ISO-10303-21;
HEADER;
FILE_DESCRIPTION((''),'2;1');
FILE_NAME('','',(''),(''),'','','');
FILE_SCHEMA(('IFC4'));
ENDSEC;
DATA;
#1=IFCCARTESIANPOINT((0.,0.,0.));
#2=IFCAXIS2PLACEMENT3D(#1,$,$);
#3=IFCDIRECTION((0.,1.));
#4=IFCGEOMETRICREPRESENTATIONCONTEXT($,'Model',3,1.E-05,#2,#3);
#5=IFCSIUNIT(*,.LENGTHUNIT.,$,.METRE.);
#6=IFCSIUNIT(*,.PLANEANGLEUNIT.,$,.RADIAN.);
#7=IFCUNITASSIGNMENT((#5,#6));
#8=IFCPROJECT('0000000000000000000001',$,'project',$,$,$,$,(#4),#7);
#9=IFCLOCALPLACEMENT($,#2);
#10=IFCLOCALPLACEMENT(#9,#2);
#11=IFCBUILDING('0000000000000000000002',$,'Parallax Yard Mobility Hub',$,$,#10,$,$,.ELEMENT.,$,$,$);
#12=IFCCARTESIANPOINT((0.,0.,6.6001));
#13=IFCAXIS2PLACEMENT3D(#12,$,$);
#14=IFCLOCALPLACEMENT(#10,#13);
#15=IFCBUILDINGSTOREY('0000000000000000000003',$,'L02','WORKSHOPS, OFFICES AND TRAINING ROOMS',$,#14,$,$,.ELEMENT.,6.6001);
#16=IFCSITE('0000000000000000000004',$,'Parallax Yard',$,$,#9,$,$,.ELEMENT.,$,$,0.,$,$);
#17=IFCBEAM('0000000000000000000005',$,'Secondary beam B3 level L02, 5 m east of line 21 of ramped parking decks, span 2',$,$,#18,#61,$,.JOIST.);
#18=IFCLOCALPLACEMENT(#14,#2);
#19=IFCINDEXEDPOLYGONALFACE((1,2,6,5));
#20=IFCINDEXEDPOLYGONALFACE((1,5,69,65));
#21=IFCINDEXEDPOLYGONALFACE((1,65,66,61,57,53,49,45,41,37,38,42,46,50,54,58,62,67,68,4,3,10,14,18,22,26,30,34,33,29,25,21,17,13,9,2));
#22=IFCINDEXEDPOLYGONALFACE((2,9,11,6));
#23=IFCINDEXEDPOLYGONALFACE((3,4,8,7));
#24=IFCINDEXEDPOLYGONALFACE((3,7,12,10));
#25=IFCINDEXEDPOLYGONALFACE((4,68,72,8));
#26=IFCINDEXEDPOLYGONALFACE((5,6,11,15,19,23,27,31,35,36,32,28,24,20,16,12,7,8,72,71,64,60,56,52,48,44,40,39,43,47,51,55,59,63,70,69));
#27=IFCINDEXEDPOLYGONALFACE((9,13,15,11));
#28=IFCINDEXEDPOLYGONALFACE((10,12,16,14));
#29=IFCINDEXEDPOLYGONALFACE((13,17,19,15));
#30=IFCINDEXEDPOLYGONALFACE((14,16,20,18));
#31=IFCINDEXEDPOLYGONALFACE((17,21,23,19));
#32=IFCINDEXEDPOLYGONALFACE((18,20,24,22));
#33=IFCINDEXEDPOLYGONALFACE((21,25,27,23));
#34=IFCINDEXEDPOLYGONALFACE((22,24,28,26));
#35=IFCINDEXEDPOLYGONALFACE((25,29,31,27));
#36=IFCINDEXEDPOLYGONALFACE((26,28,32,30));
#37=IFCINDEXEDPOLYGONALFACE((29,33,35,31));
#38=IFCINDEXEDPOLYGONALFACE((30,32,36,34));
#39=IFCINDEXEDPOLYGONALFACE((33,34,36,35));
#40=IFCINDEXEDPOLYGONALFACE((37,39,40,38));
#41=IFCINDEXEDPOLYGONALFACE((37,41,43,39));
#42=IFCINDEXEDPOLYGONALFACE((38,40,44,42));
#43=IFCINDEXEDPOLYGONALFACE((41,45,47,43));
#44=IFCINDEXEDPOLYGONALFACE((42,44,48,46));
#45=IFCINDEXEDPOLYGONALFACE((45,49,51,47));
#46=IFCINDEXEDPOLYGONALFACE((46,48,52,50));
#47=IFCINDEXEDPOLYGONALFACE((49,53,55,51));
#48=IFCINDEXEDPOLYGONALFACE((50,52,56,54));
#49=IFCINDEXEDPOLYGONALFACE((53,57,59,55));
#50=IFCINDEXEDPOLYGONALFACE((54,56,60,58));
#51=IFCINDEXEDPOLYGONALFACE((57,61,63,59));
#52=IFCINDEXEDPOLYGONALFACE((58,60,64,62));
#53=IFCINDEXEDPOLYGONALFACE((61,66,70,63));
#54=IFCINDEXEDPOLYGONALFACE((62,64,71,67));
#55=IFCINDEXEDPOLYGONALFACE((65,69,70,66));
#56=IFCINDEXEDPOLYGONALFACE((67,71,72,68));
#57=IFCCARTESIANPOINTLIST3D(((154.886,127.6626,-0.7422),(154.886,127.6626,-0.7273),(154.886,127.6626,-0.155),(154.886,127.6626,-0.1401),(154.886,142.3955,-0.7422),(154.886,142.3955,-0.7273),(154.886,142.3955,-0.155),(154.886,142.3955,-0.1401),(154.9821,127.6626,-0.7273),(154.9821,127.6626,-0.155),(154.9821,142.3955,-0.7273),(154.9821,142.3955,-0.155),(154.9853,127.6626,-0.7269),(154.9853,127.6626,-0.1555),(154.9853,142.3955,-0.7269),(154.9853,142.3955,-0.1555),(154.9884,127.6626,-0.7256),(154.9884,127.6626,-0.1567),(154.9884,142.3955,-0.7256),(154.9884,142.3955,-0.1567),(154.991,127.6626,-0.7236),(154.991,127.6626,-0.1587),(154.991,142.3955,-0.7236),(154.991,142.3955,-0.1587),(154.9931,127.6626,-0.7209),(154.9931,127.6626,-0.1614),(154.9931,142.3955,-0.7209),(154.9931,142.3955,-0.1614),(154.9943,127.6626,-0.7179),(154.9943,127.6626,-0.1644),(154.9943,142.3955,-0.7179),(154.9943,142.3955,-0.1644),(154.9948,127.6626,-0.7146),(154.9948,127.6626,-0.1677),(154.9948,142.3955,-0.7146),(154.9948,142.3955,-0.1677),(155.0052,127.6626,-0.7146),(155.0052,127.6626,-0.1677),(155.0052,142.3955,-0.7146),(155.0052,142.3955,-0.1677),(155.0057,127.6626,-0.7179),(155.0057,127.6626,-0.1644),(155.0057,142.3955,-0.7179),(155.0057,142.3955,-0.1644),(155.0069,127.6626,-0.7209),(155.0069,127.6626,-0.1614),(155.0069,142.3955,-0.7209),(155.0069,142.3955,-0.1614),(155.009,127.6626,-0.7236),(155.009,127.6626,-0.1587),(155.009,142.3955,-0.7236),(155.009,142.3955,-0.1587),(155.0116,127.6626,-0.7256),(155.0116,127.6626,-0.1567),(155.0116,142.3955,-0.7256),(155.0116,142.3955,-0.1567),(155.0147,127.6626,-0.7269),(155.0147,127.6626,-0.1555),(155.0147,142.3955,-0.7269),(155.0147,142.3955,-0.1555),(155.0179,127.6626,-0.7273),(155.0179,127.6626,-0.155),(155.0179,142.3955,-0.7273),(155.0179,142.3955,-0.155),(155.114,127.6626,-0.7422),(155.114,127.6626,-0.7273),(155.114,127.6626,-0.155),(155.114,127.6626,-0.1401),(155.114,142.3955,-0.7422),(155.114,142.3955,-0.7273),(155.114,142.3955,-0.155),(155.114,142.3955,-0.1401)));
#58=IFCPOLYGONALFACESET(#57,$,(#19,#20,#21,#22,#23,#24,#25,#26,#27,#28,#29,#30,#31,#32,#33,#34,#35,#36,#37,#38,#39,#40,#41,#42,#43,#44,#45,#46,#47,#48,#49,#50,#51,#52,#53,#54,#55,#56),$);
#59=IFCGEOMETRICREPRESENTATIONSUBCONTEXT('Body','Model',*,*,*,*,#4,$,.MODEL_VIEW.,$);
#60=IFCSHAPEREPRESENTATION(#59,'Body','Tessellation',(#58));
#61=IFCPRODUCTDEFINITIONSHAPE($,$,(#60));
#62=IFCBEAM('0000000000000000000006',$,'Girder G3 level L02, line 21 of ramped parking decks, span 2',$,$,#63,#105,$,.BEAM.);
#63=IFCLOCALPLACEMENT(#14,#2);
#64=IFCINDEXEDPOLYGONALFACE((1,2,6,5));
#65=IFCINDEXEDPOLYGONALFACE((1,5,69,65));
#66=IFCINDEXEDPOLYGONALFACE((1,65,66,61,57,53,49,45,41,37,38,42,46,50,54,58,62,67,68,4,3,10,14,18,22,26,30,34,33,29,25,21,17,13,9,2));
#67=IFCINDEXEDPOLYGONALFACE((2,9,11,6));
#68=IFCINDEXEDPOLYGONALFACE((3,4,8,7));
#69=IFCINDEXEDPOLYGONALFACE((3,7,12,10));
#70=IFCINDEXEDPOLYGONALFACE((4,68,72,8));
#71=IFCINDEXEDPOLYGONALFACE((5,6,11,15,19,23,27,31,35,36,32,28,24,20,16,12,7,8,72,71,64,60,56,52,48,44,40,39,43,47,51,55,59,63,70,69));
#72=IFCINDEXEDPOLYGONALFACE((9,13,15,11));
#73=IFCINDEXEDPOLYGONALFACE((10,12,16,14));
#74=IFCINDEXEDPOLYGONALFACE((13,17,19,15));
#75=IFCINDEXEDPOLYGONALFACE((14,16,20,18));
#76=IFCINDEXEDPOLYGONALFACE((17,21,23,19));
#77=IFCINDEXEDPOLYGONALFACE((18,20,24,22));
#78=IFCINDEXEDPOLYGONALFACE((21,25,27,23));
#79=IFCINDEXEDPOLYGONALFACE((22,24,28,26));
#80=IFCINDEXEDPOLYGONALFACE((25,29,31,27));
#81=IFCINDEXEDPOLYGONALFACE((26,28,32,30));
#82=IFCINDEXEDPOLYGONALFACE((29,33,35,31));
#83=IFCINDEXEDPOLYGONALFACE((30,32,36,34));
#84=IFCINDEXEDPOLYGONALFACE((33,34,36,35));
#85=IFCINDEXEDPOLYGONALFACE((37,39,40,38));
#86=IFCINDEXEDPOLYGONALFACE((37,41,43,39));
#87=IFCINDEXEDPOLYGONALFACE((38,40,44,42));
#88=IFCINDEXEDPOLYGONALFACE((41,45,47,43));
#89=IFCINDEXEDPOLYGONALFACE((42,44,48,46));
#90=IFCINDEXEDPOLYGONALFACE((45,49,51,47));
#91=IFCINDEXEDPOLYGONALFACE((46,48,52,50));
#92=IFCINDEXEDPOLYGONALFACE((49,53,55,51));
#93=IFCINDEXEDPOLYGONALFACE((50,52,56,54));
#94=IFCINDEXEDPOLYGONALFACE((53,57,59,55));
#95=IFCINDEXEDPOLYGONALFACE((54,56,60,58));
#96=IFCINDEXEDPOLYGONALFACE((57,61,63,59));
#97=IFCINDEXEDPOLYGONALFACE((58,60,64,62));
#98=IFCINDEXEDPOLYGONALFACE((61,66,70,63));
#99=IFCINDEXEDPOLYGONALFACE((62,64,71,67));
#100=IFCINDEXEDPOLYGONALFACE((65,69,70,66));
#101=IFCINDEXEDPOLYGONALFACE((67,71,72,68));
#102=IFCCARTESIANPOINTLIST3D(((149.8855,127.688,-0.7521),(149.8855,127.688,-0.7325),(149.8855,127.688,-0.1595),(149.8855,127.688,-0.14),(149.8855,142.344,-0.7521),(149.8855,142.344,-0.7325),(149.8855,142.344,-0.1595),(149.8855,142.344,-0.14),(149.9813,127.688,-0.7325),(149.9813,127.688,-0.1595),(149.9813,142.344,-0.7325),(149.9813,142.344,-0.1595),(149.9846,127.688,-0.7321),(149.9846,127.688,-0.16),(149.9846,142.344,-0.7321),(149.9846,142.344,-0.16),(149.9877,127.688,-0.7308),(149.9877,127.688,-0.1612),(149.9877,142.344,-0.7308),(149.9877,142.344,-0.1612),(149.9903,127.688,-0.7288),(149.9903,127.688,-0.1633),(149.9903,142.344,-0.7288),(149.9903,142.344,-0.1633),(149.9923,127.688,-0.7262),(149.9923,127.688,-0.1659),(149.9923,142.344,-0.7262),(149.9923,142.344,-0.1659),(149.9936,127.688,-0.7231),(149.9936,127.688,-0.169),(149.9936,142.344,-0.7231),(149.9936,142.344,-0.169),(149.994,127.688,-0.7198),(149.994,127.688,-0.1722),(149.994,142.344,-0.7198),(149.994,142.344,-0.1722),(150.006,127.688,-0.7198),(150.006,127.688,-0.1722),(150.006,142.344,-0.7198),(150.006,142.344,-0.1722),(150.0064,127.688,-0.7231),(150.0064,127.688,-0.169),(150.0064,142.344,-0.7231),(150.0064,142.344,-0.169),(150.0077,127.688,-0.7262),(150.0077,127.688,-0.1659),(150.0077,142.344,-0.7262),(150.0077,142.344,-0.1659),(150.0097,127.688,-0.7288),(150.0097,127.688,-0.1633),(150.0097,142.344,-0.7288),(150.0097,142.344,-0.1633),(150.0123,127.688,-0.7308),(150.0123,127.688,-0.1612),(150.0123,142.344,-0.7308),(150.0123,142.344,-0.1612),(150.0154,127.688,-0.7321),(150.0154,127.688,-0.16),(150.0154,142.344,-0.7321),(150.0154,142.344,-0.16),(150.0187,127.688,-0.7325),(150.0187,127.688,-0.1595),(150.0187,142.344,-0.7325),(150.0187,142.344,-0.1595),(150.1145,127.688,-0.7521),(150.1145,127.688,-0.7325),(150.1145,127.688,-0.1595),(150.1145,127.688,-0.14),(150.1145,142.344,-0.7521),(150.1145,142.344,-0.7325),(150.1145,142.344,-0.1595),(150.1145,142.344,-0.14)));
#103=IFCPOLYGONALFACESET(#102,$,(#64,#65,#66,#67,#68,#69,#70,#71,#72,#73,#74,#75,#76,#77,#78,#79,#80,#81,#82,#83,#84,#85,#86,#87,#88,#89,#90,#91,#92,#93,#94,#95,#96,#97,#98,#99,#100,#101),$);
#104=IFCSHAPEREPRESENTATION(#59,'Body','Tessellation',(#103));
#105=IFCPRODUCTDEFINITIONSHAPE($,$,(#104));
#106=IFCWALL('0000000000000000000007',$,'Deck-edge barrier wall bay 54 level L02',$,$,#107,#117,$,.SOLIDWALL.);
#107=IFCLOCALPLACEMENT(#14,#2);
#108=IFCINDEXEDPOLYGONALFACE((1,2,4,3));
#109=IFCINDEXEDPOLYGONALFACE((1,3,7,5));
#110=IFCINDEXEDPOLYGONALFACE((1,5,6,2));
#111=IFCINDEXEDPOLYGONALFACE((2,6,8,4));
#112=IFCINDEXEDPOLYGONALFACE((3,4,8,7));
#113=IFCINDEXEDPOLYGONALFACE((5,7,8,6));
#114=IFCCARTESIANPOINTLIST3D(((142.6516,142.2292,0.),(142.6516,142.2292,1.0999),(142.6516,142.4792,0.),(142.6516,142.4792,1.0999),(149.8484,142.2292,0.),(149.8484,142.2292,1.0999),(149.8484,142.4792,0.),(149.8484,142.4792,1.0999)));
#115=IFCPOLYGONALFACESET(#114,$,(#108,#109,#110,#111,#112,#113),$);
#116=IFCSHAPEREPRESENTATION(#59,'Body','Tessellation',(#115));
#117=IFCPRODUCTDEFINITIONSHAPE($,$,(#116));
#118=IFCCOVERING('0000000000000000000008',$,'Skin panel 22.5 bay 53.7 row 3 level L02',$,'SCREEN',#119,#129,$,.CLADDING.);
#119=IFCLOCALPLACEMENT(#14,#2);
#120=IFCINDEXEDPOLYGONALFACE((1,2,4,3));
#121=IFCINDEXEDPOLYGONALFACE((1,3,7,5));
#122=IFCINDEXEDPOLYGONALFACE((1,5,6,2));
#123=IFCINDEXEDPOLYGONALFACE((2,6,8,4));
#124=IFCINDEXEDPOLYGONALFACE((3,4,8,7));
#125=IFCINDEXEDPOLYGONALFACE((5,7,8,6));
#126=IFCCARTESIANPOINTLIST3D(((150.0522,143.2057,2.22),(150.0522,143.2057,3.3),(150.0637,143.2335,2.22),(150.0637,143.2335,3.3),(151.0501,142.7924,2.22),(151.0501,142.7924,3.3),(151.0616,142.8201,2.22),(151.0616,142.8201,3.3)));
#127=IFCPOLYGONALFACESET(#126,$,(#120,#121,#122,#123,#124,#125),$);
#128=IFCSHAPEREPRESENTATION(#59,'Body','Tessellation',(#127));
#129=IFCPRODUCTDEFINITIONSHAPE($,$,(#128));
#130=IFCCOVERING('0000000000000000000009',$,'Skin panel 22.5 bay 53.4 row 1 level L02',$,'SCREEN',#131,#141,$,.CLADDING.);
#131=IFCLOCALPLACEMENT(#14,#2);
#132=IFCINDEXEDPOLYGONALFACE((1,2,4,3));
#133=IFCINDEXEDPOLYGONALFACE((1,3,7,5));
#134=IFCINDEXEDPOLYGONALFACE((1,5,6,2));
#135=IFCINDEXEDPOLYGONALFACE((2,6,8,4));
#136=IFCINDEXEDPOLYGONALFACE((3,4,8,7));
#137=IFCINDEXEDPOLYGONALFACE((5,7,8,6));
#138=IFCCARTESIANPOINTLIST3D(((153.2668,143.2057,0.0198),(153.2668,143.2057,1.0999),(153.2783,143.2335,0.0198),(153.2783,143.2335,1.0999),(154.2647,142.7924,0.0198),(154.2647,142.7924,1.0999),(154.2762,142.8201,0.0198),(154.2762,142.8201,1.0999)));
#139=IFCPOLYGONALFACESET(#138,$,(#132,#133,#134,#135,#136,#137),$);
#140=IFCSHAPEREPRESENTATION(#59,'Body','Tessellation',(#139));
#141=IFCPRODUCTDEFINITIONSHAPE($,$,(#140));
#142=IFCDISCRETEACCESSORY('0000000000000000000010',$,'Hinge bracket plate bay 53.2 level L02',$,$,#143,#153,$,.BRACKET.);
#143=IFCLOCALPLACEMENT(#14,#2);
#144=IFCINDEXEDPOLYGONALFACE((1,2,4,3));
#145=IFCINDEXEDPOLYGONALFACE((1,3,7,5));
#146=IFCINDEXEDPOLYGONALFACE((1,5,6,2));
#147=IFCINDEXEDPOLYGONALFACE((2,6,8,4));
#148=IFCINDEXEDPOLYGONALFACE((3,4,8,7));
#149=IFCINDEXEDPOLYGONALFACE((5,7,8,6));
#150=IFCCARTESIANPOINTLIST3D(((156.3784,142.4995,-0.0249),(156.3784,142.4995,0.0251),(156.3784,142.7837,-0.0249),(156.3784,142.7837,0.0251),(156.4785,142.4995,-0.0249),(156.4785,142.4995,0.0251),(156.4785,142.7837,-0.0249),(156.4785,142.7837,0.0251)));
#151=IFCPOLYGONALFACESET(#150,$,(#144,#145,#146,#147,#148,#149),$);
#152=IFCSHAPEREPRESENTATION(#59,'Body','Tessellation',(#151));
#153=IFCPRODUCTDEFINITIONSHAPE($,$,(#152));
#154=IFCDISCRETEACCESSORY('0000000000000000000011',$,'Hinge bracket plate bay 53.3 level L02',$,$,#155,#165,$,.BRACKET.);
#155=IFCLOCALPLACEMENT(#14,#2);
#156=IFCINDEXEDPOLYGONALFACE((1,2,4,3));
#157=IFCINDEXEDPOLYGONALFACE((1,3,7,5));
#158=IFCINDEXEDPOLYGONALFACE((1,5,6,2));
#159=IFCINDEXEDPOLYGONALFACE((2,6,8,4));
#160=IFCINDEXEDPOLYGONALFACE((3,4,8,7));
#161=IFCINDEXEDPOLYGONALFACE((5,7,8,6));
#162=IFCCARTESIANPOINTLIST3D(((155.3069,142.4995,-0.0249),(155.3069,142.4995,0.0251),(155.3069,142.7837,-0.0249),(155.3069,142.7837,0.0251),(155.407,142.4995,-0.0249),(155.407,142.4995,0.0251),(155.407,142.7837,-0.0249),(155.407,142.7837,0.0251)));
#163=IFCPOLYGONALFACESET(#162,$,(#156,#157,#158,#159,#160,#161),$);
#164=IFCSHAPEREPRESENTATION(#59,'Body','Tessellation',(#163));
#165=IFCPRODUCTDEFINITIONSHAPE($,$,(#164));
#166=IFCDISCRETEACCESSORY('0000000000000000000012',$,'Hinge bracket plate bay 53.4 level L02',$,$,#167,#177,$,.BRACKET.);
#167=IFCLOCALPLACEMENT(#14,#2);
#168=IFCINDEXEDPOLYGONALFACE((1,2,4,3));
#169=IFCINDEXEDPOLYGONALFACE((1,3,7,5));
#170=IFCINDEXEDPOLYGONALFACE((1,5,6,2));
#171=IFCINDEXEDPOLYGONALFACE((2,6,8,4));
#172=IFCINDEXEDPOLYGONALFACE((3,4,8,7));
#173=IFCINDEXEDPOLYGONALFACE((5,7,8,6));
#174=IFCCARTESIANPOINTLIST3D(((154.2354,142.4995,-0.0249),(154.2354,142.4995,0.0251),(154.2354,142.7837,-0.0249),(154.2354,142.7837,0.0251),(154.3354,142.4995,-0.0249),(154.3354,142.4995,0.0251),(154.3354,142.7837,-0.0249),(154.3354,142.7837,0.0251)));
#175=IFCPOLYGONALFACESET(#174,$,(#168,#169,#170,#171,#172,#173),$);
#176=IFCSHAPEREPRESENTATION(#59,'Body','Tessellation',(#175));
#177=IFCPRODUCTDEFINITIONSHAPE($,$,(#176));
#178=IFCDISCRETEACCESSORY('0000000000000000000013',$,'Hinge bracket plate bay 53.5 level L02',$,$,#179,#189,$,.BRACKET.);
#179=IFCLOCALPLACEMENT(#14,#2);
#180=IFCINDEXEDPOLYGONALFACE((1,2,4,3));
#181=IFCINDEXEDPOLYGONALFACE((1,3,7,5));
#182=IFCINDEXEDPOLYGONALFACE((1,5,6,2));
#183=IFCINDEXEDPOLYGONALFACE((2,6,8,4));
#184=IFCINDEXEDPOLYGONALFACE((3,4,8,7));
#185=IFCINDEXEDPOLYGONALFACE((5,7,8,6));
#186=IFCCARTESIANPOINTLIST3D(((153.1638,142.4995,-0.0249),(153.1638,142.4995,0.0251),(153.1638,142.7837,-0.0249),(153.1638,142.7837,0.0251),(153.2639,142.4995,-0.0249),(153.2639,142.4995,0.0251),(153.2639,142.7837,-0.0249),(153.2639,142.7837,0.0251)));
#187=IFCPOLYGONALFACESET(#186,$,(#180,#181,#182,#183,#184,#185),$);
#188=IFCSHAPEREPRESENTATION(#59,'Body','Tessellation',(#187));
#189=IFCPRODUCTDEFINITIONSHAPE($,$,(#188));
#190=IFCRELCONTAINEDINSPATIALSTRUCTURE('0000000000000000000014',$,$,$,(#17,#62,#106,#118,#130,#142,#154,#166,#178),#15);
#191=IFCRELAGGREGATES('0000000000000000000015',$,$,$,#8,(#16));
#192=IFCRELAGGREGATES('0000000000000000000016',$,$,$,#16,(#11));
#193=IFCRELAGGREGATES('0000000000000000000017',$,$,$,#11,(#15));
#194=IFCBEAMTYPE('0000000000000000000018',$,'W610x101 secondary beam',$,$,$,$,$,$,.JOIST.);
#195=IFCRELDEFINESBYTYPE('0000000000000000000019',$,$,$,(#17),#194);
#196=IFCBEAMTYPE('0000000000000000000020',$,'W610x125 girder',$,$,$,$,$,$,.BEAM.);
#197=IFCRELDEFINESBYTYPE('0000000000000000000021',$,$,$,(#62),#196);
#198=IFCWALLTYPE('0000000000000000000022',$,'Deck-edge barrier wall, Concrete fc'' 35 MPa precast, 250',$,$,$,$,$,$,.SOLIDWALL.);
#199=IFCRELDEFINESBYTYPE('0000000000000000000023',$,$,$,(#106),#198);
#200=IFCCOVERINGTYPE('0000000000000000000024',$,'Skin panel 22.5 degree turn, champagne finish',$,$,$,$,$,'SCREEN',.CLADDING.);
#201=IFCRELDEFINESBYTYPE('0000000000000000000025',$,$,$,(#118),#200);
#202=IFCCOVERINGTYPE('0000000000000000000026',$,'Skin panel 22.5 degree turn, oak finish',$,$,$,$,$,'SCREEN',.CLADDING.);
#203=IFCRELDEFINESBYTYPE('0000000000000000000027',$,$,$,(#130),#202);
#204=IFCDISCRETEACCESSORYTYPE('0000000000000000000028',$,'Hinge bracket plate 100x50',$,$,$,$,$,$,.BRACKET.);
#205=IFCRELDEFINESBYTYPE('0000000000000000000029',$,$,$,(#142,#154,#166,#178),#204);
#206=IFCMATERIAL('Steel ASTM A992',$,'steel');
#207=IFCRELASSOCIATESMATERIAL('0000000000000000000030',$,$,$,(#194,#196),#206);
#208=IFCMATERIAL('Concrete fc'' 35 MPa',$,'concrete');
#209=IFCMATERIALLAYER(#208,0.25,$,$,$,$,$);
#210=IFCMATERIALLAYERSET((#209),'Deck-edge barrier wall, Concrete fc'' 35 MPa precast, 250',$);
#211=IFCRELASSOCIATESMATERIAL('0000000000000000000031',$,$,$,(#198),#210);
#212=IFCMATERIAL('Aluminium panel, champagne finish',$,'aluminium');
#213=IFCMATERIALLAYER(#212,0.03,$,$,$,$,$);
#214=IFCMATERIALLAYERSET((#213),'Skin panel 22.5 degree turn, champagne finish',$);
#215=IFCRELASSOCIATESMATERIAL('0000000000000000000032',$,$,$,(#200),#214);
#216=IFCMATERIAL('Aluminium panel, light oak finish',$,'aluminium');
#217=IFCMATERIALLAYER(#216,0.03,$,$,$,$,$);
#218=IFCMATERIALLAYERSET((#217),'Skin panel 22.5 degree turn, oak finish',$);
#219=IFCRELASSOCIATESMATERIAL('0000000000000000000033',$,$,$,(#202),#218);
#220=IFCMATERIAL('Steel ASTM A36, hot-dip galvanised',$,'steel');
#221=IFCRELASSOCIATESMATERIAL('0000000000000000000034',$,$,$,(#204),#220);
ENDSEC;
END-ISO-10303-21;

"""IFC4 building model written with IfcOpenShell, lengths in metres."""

from ifc_helpers import new_model, si_unit, direction, frame, frame_2d, origin, origin_2d, place, context, subcontext, project, spatial, rectangle, i_section, extrude, material, layer, layer_set, material_profile, profile_set, type_object, element, save


model = new_model("IFC4")

# Units and contexts
model_context = context("Model", 3, precision=1e-05, world=origin(), true_north=direction((0.0, 1.0)))
body_context = subcontext(model_context, "Body", "Model", "MODEL_VIEW")
ifc_project = project(units=[si_unit("LENGTHUNIT", "METRE"), si_unit("PLANEANGLEUNIT", "RADIAN")], contexts=[model_context])

# Site, building, storey
site_placement = place(None, origin())
site = spatial("IfcSite", under=ifc_project, at=site_placement, Name="Parallax Yard", CompositionType="ELEMENT", RefElevation=0.0)
building_placement = place(site_placement, origin())
building = spatial("IfcBuilding", under=site, at=building_placement, Name="Parallax Yard Mobility Hub", CompositionType="ELEMENT")
storey_placement = place(building_placement, frame((0.0, 0.0, 6.6001)))
storey = spatial("IfcBuildingStorey", under=building, at=storey_placement, Name="L02", Description="WORKSHOPS, OFFICES AND TRAINING ROOMS", CompositionType="ELEMENT", Elevation=6.6001)

# Shared definitions
ifc_material_1 = material(Name="Steel ASTM A992", Category="steel")

# Beams
ifc_material_profile_1 = material_profile(ifc_material_1, i_section(OverallWidth=0.228, OverallDepth=0.6021, WebThickness=0.0105, FlangeThickness=0.0149, FilletRadius=0.0127, at=origin_2d()), Name="W610x101")
ifc_profile_set_1 = profile_set([ifc_material_profile_1], Name="Steel ASTM A992")
beam_type_1 = type_object("IfcBeamType", Name="W610x101 secondary beam", PredefinedType="JOIST", material=ifc_profile_set_1)
for number, where, z_axis, x_axis, name in (
    (1, (155.0, 127.6626, -0.4412), (0.0, 1.0, 0.0), (-1.0, 0.0, 0.0), "Secondary beam B3 level L02, 5 m east of line 21 of ramped parking decks, span 2"),
):
    element("IfcBeam", number, at=place(storey_placement, frame(where, z_axis=z_axis, x_axis=x_axis)), inside=storey, type_object=beam_type_1, Name=name, PredefinedType="JOIST", context=body_context, shape_type="SweptSolid", body=[
        extrude(i_section(OverallWidth=0.228, OverallDepth=0.6021, WebThickness=0.0105, FlangeThickness=0.0149, FilletRadius=0.0127, at=origin_2d()), origin(), (0.0, 0.0, 1.0), 14.7329),
    ])
ifc_material_profile_2 = material_profile(ifc_material_1, i_section(OverallWidth=0.229, OverallDepth=0.6121, WebThickness=0.012, FlangeThickness=0.0195, FilletRadius=0.0127, at=origin_2d()), Name="W610x125")
ifc_profile_set_2 = profile_set([ifc_material_profile_2], Name="Steel ASTM A992")
beam_type_2 = type_object("IfcBeamType", Name="W610x125 girder", PredefinedType="BEAM", material=ifc_profile_set_2)
beam_1_placement = place(storey_placement, frame((150.0, 127.688, -0.446), z_axis=(0.0, 1.0, 0.0), x_axis=(-1.0, 0.0, 0.0)))
element("IfcBeam", 2, at=beam_1_placement, inside=storey, type_object=beam_type_2, Name="Girder G3 level L02, line 21 of ramped parking decks, span 2", PredefinedType="BEAM", context=body_context, shape_type="SweptSolid", body=[
    extrude(i_section(OverallWidth=0.229, OverallDepth=0.6121, WebThickness=0.012, FlangeThickness=0.0195, FilletRadius=0.0127, at=origin_2d()), origin(), (0.0, 0.0, 1.0), 14.656),
])

# Wall
ifc_material_2 = material(Name="Concrete fc' 35 MPa", Category="concrete")
ifc_layer_1 = layer(ifc_material_2, 0.25)
ifc_layer_set_1 = layer_set([ifc_layer_1], Name="Deck-edge barrier wall, Concrete fc' 35 MPa precast, 250")
wall_type = type_object("IfcWallType", Name="Deck-edge barrier wall, Concrete fc' 35 MPa precast, 250", PredefinedType="SOLIDWALL", material=ifc_layer_set_1)
wall_placement = place(storey_placement, frame((149.8484, 142.3542, 0.0), z_axis=(0.0, 0.0, 1.0), x_axis=(-1.0, 0.0, 0.0)))
element("IfcWall", 3, at=wall_placement, inside=storey, type_object=wall_type, Name="Deck-edge barrier wall bay 54 level L02", PredefinedType="SOLIDWALL", context=body_context, shape_type="SweptSolid", body=[
    extrude(rectangle(XDim=7.1968, YDim=0.25, at=frame_2d((3.5984, 0.0))), origin(), (0.0, 0.0, 1.0), 1.0999),
])

# Coverings
ifc_material_3 = material(Name="Aluminium panel, champagne finish", Category="aluminium")
ifc_layer_2 = layer(ifc_material_3, 0.03)
ifc_layer_set_2 = layer_set([ifc_layer_2], Name="Skin panel 22.5 degree turn, champagne finish")
covering_type_1 = type_object("IfcCoveringType", Name="Skin panel 22.5 degree turn, champagne finish", ElementType="SCREEN", PredefinedType="CLADDING", material=ifc_layer_set_2)
covering_1_placement = place(storey_placement, frame((150.5569, 143.0129, 2.22), z_axis=(0.0, 0.0, 1.0), x_axis=(-0.92388, 0.382683, 0.0)))
element("IfcCovering", 4, at=covering_1_placement, inside=storey, type_object=covering_type_1, Name="Skin panel 22.5 bay 53.7 row 3 level L02", ObjectType="SCREEN", PredefinedType="CLADDING", context=body_context, shape_type="SweptSolid", body=[
    extrude(rectangle(XDim=1.0801, YDim=0.03, at=origin_2d()), origin(), (0.0, 0.0, 1.0), 1.0801),
])
ifc_material_4 = material(Name="Aluminium panel, light oak finish", Category="aluminium")
ifc_layer_3 = layer(ifc_material_4, 0.03)
ifc_layer_set_3 = layer_set([ifc_layer_3], Name="Skin panel 22.5 degree turn, oak finish")
covering_type_2 = type_object("IfcCoveringType", Name="Skin panel 22.5 degree turn, oak finish", ElementType="SCREEN", PredefinedType="CLADDING", material=ifc_layer_set_3)
covering_2_placement = place(storey_placement, frame((153.7715, 143.0129, 0.0198), z_axis=(0.0, 0.0, 1.0), x_axis=(-0.92388, 0.382683, 0.0)))
element("IfcCovering", 5, at=covering_2_placement, inside=storey, type_object=covering_type_2, Name="Skin panel 22.5 bay 53.4 row 1 level L02", ObjectType="SCREEN", PredefinedType="CLADDING", context=body_context, shape_type="SweptSolid", body=[
    extrude(rectangle(XDim=1.0801, YDim=0.03, at=origin_2d()), origin(), (0.0, 0.0, 1.0), 1.0801),
])

# Discrete accessories
ifc_material_5 = material(Name="Steel ASTM A36, hot-dip galvanised", Category="steel")
discrete_accessory_type_1 = type_object("IfcDiscreteAccessoryType", Name="Hinge bracket plate 100x50", PredefinedType="BRACKET", material=ifc_material_5)
for number, where, z_axis, x_axis, name in (
    (6, (156.4285, 142.6416, -0.0249), (0.0, 0.0, 1.0), (0.0, 1.0, 0.0), "Hinge bracket plate bay 53.2 level L02"),
    (7, (155.3569, 142.6416, -0.0249), (0.0, 0.0, 1.0), (0.0, 1.0, 0.0), "Hinge bracket plate bay 53.3 level L02"),
    (8, (154.2854, 142.6416, -0.0249), (0.0, 0.0, 1.0), (0.0, 1.0, 0.0), "Hinge bracket plate bay 53.4 level L02"),
    (9, (153.2139, 142.6416, -0.0249), (0.0, 0.0, 1.0), (0.0, 1.0, 0.0), "Hinge bracket plate bay 53.5 level L02"),
):
    element("IfcDiscreteAccessory", number, at=place(storey_placement, frame(where, z_axis=z_axis, x_axis=x_axis)), inside=storey, type_object=discrete_accessory_type_1, Name=name, PredefinedType="BRACKET", context=body_context, shape_type="SweptSolid", body=[
        extrude(rectangle(XDim=0.2842, YDim=0.1001, at=origin_2d()), origin(), (0.0, 0.0, 1.0), 0.05),
    ])

save(model, "model.ifc")
